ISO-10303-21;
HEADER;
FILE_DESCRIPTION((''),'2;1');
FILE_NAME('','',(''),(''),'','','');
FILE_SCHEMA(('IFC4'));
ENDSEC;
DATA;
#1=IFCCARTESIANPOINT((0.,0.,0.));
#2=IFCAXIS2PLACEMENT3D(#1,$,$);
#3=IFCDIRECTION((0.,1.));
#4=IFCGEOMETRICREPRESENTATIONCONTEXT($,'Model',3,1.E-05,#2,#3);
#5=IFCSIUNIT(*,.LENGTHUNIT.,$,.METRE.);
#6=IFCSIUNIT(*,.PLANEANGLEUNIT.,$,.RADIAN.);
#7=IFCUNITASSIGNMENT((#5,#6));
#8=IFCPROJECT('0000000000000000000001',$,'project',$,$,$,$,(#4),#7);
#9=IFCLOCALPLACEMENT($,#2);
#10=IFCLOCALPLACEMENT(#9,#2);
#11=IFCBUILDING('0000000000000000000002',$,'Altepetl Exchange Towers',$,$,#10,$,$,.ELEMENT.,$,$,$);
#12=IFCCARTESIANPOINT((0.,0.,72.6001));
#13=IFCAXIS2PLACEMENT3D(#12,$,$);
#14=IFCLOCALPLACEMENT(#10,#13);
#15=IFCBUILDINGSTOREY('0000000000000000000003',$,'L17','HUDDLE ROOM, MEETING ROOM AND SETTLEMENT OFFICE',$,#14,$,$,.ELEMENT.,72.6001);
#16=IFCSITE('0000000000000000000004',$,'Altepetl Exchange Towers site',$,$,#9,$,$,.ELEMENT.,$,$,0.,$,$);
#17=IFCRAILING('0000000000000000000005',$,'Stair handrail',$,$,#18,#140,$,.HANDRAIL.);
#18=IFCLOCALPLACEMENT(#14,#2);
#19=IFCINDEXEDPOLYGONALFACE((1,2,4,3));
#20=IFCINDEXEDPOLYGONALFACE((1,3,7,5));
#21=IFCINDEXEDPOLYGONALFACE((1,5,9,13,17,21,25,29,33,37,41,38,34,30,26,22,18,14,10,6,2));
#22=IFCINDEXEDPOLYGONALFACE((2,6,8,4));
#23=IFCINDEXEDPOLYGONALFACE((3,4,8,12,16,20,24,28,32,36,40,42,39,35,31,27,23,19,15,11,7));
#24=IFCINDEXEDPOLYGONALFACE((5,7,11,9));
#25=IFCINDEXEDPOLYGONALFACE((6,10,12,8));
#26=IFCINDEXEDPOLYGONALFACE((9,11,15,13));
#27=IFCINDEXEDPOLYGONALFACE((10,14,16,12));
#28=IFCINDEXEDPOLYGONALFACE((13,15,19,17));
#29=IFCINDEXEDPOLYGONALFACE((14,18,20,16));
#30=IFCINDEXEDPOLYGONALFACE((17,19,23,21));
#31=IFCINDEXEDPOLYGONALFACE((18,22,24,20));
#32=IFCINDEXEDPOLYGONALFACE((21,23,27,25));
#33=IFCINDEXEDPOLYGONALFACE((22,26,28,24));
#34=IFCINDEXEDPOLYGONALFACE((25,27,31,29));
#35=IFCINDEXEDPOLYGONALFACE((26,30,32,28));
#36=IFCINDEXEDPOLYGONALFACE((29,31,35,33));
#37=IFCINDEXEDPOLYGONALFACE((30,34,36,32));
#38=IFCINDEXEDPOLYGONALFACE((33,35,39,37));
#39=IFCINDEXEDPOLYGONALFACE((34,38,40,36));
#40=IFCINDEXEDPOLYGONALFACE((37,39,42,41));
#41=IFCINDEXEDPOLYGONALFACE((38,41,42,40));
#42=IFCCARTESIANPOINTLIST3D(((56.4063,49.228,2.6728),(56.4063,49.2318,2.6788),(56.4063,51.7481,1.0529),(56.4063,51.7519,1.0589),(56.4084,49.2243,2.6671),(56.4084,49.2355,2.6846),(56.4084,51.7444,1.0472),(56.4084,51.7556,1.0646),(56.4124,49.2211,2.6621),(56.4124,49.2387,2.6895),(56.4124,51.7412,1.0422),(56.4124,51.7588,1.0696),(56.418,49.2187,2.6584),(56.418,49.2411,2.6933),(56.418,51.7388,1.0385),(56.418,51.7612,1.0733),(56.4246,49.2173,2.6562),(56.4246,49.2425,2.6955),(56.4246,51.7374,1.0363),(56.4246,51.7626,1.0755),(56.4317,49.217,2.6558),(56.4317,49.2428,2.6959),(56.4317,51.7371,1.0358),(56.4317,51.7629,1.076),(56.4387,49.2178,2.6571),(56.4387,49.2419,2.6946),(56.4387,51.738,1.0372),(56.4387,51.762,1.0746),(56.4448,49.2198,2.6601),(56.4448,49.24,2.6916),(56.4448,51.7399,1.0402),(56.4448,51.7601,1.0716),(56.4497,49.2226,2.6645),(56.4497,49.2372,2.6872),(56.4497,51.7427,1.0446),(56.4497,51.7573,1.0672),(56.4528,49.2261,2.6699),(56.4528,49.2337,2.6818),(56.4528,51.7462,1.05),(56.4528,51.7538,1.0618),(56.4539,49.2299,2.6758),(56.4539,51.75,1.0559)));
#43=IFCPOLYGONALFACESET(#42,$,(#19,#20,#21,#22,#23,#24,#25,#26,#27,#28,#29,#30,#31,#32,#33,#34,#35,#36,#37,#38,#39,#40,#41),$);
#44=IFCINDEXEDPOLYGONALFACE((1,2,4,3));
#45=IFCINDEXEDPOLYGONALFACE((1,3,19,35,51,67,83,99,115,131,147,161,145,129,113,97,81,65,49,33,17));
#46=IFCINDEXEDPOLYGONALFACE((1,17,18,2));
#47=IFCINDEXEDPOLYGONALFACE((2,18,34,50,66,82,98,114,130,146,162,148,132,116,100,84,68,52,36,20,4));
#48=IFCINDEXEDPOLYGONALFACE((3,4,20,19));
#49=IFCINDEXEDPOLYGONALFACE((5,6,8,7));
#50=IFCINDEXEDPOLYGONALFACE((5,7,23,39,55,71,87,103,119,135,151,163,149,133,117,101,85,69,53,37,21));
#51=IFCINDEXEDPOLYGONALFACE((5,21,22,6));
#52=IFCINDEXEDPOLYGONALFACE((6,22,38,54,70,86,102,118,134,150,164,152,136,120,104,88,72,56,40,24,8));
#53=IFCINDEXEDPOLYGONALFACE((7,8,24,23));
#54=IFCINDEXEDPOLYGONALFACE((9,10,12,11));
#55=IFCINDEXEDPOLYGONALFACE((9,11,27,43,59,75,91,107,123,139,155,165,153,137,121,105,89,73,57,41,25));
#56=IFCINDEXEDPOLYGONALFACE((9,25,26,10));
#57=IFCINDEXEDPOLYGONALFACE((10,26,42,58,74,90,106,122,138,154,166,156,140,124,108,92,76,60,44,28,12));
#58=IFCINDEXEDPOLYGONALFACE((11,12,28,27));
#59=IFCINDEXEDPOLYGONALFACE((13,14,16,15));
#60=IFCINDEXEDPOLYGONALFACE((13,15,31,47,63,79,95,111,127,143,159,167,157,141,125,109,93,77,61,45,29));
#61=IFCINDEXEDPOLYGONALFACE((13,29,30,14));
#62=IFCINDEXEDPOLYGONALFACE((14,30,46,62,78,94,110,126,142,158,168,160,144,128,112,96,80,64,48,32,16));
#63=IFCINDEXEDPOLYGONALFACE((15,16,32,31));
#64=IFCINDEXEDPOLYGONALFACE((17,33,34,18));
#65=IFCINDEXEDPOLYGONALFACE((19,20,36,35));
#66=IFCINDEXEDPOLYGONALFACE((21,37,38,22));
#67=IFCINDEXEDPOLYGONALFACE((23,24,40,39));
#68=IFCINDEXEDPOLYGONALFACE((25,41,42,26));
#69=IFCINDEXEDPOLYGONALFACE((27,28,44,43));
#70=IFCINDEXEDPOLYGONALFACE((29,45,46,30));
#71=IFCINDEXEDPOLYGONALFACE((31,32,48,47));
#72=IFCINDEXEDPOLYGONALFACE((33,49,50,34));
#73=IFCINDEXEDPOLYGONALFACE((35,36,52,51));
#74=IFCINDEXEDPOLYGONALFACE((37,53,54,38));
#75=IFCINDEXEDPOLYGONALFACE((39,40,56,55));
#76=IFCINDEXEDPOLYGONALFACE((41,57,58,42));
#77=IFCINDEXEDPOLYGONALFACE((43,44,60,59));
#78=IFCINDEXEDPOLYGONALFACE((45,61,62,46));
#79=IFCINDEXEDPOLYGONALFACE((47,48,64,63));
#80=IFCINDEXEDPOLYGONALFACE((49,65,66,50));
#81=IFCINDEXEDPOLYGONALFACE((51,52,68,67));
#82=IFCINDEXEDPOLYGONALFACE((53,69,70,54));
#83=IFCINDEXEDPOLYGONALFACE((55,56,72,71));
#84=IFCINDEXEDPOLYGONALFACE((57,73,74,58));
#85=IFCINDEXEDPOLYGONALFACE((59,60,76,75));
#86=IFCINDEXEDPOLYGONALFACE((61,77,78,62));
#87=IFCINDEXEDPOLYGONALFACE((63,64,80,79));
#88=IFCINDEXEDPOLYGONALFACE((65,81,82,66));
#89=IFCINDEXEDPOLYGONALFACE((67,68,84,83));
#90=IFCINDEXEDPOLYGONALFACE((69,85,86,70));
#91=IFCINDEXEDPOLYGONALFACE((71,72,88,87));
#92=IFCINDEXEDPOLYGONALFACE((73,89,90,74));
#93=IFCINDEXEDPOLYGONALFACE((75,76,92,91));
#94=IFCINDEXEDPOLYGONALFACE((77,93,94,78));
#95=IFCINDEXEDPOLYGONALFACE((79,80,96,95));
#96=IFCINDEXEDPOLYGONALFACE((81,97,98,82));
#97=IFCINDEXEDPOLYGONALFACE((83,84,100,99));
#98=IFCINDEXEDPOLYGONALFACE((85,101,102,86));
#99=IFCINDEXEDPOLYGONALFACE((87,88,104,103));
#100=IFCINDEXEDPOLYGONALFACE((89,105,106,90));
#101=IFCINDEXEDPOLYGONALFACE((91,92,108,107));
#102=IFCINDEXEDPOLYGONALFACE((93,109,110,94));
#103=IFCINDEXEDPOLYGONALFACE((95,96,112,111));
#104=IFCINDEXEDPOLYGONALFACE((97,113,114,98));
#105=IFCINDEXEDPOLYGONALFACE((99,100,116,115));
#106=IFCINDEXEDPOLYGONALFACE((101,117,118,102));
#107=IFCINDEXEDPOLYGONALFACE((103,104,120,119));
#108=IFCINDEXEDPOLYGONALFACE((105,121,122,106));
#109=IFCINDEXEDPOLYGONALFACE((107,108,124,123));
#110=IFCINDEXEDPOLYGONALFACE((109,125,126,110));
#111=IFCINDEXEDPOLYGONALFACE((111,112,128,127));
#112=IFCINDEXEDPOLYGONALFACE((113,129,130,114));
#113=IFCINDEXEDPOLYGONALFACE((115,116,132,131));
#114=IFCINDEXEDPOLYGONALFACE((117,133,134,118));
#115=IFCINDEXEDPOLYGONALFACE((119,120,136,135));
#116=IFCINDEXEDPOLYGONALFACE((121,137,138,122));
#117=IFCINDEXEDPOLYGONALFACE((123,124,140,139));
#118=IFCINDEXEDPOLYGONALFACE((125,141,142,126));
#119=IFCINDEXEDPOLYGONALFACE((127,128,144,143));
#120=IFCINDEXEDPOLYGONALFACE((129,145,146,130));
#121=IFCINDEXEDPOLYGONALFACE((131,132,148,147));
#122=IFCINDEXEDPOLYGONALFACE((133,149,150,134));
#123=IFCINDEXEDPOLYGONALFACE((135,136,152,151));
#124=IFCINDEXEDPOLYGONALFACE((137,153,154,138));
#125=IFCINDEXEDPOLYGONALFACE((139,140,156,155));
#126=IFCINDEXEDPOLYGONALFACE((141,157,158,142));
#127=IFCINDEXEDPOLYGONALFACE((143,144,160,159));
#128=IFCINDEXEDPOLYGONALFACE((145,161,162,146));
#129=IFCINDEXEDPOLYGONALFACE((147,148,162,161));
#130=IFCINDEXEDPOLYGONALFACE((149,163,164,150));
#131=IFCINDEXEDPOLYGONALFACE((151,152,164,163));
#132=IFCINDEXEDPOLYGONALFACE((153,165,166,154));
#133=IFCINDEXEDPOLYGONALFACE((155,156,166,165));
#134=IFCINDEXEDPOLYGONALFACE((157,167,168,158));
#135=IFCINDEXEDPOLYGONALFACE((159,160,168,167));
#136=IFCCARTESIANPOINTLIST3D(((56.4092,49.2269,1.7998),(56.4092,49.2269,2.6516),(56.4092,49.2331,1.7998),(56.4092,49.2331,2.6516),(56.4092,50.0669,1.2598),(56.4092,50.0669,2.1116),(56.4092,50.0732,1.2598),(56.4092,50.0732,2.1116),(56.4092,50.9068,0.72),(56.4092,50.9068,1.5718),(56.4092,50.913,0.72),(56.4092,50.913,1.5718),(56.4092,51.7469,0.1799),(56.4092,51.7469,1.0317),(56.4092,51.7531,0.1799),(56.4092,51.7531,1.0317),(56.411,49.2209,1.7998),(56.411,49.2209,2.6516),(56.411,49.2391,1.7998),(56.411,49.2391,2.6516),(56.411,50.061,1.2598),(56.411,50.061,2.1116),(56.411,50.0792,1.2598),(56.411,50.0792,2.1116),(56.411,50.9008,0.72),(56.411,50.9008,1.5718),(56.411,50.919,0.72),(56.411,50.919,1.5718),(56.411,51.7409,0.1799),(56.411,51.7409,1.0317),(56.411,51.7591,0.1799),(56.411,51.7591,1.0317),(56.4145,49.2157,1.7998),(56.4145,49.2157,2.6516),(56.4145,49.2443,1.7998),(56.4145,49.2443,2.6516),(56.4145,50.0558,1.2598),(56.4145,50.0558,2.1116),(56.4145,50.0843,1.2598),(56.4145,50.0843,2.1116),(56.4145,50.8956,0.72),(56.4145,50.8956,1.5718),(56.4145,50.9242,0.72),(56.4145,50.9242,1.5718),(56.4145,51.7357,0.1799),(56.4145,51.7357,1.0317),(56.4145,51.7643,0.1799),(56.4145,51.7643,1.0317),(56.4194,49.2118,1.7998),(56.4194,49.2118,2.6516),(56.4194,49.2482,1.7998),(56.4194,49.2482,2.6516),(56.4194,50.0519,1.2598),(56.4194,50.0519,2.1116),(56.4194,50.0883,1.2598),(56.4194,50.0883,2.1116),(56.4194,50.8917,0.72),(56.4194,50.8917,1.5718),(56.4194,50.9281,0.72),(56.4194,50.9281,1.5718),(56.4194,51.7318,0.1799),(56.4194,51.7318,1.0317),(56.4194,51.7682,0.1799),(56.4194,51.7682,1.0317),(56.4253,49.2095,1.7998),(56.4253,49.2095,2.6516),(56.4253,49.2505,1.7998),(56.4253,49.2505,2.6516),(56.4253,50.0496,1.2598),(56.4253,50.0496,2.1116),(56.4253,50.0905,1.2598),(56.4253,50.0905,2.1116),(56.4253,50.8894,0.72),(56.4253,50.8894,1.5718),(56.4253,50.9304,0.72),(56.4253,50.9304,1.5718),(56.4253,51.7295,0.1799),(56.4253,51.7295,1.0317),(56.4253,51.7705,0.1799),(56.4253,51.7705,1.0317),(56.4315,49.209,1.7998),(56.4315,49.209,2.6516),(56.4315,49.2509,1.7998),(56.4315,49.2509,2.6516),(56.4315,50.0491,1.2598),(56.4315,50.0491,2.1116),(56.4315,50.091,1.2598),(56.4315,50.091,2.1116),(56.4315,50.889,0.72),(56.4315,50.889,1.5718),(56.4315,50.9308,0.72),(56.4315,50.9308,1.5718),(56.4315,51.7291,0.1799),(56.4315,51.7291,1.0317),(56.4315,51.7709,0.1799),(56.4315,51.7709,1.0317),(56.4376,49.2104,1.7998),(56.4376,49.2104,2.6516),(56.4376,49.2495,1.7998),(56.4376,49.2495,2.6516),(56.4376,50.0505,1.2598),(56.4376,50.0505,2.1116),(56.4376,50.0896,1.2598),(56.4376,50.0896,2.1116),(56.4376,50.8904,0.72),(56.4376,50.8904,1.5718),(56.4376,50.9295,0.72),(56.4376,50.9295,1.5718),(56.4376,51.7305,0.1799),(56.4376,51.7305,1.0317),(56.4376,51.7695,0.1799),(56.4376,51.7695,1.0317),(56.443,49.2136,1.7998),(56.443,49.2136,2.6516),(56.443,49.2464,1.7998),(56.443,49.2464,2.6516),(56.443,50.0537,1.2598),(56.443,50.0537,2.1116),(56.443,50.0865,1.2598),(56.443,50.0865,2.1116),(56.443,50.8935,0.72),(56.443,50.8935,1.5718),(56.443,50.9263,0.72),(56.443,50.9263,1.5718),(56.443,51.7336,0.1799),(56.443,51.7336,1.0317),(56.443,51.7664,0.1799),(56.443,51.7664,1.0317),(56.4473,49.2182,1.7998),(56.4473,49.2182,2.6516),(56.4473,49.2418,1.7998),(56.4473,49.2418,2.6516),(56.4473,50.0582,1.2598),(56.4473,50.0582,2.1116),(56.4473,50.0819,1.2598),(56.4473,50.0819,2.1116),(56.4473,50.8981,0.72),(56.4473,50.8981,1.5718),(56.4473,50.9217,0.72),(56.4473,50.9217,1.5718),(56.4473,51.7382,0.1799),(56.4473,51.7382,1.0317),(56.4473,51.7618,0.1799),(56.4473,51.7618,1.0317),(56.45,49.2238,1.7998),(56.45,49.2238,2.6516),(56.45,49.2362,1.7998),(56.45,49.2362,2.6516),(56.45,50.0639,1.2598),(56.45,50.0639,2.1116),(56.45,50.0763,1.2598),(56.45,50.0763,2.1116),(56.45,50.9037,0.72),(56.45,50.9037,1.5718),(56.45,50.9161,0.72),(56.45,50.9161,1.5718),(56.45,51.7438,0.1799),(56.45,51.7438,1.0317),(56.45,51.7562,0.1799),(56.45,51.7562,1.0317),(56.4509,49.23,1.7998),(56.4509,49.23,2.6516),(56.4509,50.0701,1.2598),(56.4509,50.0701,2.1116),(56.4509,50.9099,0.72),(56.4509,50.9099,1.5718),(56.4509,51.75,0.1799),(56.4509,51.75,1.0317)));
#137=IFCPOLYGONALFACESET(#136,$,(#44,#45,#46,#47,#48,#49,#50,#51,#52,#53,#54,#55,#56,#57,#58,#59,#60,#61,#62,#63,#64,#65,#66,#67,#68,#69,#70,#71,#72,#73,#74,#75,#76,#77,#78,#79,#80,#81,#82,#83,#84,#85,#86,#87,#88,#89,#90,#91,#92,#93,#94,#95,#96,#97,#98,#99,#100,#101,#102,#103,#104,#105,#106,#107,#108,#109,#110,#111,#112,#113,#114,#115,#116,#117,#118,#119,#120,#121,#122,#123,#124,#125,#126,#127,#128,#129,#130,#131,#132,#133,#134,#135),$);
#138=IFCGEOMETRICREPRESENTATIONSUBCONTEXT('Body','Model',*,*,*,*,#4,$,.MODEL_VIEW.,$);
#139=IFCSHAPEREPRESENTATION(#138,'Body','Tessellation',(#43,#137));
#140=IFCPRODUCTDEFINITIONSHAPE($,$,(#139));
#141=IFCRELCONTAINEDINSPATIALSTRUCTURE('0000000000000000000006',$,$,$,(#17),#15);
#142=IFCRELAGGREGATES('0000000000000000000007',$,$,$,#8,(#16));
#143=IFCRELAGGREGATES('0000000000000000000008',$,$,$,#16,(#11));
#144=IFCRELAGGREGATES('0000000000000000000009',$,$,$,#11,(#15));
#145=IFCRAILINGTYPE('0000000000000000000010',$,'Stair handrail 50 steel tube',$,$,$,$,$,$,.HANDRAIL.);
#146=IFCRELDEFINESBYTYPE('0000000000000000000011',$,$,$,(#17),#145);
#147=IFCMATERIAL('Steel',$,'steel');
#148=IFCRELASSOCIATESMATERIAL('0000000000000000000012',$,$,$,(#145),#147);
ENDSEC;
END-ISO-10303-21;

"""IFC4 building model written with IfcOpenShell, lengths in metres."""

from ifc_helpers import new_model, si_unit, direction, frame, origin, origin_2d, place, context, subcontext, project, spatial, circle, extrude, source, transform, mapped, material, type_object, element, save


model = new_model("IFC4")

# Units and contexts
model_context = context("Model", 3, precision=1e-05, world=origin(), true_north=direction((0.0, 1.0)))
body_context = subcontext(model_context, "Body", "Model", "MODEL_VIEW")
ifc_project = project(units=[si_unit("LENGTHUNIT", "METRE"), si_unit("PLANEANGLEUNIT", "RADIAN")], contexts=[model_context])

# Site, building, storey
site_placement = place(None, origin())
site = spatial("IfcSite", under=ifc_project, at=site_placement, Name="Altepetl Exchange Towers site", CompositionType="ELEMENT", RefElevation=0.0)
building_placement = place(site_placement, origin())
building = spatial("IfcBuilding", under=site, at=building_placement, Name="Altepetl Exchange Towers", CompositionType="ELEMENT")
storey_placement = place(building_placement, frame((0.0, 0.0, 72.6001)))
storey = spatial("IfcBuildingStorey", under=building, at=storey_placement, Name="L17", Description="HUDDLE ROOM, MEETING ROOM AND SETTLEMENT OFFICE", CompositionType="ELEMENT", Elevation=72.6001)

# Railing
ifc_material_1 = material(Name="Steel", Category="steel")
railing_type = type_object("IfcRailingType", Name="Stair handrail 50 steel tube", PredefinedType="HANDRAIL", material=ifc_material_1)
shared_shape = source(origin(), body_context, "Body", "SweptSolid", [
    extrude(circle(Radius=0.021, at=origin_2d()), origin(), (0.0, 0.0, 1.0), 0.8518),
])
railing_1_placement = place(storey_placement, frame((56.4299, 51.75, 0.1799)))
element("IfcRailing", 1, at=railing_1_placement, inside=storey, type_object=railing_type, Name="Stair handrail", PredefinedType="HANDRAIL", context=body_context, shape_type="SweptSolid", body=[
    extrude(circle(Radius=0.0239, at=origin_2d()), frame((0.0, 0.0, 0.876), z_axis=(0.0, -0.8412, 0.540725), x_axis=(1.0, 0.0, 0.0)), (0.0, 0.0, 1.0), 2.9958),
    mapped(shared_shape, transform((0.0, 0.0, 0.0))),
    mapped(shared_shape, transform((0.0, -0.8401, 0.54))),
    mapped(shared_shape, transform((0.0, -1.6799, 1.0798))),
    mapped(shared_shape, transform((0.0, -2.52, 1.6199))),
])

save(model, "model.ifc")
